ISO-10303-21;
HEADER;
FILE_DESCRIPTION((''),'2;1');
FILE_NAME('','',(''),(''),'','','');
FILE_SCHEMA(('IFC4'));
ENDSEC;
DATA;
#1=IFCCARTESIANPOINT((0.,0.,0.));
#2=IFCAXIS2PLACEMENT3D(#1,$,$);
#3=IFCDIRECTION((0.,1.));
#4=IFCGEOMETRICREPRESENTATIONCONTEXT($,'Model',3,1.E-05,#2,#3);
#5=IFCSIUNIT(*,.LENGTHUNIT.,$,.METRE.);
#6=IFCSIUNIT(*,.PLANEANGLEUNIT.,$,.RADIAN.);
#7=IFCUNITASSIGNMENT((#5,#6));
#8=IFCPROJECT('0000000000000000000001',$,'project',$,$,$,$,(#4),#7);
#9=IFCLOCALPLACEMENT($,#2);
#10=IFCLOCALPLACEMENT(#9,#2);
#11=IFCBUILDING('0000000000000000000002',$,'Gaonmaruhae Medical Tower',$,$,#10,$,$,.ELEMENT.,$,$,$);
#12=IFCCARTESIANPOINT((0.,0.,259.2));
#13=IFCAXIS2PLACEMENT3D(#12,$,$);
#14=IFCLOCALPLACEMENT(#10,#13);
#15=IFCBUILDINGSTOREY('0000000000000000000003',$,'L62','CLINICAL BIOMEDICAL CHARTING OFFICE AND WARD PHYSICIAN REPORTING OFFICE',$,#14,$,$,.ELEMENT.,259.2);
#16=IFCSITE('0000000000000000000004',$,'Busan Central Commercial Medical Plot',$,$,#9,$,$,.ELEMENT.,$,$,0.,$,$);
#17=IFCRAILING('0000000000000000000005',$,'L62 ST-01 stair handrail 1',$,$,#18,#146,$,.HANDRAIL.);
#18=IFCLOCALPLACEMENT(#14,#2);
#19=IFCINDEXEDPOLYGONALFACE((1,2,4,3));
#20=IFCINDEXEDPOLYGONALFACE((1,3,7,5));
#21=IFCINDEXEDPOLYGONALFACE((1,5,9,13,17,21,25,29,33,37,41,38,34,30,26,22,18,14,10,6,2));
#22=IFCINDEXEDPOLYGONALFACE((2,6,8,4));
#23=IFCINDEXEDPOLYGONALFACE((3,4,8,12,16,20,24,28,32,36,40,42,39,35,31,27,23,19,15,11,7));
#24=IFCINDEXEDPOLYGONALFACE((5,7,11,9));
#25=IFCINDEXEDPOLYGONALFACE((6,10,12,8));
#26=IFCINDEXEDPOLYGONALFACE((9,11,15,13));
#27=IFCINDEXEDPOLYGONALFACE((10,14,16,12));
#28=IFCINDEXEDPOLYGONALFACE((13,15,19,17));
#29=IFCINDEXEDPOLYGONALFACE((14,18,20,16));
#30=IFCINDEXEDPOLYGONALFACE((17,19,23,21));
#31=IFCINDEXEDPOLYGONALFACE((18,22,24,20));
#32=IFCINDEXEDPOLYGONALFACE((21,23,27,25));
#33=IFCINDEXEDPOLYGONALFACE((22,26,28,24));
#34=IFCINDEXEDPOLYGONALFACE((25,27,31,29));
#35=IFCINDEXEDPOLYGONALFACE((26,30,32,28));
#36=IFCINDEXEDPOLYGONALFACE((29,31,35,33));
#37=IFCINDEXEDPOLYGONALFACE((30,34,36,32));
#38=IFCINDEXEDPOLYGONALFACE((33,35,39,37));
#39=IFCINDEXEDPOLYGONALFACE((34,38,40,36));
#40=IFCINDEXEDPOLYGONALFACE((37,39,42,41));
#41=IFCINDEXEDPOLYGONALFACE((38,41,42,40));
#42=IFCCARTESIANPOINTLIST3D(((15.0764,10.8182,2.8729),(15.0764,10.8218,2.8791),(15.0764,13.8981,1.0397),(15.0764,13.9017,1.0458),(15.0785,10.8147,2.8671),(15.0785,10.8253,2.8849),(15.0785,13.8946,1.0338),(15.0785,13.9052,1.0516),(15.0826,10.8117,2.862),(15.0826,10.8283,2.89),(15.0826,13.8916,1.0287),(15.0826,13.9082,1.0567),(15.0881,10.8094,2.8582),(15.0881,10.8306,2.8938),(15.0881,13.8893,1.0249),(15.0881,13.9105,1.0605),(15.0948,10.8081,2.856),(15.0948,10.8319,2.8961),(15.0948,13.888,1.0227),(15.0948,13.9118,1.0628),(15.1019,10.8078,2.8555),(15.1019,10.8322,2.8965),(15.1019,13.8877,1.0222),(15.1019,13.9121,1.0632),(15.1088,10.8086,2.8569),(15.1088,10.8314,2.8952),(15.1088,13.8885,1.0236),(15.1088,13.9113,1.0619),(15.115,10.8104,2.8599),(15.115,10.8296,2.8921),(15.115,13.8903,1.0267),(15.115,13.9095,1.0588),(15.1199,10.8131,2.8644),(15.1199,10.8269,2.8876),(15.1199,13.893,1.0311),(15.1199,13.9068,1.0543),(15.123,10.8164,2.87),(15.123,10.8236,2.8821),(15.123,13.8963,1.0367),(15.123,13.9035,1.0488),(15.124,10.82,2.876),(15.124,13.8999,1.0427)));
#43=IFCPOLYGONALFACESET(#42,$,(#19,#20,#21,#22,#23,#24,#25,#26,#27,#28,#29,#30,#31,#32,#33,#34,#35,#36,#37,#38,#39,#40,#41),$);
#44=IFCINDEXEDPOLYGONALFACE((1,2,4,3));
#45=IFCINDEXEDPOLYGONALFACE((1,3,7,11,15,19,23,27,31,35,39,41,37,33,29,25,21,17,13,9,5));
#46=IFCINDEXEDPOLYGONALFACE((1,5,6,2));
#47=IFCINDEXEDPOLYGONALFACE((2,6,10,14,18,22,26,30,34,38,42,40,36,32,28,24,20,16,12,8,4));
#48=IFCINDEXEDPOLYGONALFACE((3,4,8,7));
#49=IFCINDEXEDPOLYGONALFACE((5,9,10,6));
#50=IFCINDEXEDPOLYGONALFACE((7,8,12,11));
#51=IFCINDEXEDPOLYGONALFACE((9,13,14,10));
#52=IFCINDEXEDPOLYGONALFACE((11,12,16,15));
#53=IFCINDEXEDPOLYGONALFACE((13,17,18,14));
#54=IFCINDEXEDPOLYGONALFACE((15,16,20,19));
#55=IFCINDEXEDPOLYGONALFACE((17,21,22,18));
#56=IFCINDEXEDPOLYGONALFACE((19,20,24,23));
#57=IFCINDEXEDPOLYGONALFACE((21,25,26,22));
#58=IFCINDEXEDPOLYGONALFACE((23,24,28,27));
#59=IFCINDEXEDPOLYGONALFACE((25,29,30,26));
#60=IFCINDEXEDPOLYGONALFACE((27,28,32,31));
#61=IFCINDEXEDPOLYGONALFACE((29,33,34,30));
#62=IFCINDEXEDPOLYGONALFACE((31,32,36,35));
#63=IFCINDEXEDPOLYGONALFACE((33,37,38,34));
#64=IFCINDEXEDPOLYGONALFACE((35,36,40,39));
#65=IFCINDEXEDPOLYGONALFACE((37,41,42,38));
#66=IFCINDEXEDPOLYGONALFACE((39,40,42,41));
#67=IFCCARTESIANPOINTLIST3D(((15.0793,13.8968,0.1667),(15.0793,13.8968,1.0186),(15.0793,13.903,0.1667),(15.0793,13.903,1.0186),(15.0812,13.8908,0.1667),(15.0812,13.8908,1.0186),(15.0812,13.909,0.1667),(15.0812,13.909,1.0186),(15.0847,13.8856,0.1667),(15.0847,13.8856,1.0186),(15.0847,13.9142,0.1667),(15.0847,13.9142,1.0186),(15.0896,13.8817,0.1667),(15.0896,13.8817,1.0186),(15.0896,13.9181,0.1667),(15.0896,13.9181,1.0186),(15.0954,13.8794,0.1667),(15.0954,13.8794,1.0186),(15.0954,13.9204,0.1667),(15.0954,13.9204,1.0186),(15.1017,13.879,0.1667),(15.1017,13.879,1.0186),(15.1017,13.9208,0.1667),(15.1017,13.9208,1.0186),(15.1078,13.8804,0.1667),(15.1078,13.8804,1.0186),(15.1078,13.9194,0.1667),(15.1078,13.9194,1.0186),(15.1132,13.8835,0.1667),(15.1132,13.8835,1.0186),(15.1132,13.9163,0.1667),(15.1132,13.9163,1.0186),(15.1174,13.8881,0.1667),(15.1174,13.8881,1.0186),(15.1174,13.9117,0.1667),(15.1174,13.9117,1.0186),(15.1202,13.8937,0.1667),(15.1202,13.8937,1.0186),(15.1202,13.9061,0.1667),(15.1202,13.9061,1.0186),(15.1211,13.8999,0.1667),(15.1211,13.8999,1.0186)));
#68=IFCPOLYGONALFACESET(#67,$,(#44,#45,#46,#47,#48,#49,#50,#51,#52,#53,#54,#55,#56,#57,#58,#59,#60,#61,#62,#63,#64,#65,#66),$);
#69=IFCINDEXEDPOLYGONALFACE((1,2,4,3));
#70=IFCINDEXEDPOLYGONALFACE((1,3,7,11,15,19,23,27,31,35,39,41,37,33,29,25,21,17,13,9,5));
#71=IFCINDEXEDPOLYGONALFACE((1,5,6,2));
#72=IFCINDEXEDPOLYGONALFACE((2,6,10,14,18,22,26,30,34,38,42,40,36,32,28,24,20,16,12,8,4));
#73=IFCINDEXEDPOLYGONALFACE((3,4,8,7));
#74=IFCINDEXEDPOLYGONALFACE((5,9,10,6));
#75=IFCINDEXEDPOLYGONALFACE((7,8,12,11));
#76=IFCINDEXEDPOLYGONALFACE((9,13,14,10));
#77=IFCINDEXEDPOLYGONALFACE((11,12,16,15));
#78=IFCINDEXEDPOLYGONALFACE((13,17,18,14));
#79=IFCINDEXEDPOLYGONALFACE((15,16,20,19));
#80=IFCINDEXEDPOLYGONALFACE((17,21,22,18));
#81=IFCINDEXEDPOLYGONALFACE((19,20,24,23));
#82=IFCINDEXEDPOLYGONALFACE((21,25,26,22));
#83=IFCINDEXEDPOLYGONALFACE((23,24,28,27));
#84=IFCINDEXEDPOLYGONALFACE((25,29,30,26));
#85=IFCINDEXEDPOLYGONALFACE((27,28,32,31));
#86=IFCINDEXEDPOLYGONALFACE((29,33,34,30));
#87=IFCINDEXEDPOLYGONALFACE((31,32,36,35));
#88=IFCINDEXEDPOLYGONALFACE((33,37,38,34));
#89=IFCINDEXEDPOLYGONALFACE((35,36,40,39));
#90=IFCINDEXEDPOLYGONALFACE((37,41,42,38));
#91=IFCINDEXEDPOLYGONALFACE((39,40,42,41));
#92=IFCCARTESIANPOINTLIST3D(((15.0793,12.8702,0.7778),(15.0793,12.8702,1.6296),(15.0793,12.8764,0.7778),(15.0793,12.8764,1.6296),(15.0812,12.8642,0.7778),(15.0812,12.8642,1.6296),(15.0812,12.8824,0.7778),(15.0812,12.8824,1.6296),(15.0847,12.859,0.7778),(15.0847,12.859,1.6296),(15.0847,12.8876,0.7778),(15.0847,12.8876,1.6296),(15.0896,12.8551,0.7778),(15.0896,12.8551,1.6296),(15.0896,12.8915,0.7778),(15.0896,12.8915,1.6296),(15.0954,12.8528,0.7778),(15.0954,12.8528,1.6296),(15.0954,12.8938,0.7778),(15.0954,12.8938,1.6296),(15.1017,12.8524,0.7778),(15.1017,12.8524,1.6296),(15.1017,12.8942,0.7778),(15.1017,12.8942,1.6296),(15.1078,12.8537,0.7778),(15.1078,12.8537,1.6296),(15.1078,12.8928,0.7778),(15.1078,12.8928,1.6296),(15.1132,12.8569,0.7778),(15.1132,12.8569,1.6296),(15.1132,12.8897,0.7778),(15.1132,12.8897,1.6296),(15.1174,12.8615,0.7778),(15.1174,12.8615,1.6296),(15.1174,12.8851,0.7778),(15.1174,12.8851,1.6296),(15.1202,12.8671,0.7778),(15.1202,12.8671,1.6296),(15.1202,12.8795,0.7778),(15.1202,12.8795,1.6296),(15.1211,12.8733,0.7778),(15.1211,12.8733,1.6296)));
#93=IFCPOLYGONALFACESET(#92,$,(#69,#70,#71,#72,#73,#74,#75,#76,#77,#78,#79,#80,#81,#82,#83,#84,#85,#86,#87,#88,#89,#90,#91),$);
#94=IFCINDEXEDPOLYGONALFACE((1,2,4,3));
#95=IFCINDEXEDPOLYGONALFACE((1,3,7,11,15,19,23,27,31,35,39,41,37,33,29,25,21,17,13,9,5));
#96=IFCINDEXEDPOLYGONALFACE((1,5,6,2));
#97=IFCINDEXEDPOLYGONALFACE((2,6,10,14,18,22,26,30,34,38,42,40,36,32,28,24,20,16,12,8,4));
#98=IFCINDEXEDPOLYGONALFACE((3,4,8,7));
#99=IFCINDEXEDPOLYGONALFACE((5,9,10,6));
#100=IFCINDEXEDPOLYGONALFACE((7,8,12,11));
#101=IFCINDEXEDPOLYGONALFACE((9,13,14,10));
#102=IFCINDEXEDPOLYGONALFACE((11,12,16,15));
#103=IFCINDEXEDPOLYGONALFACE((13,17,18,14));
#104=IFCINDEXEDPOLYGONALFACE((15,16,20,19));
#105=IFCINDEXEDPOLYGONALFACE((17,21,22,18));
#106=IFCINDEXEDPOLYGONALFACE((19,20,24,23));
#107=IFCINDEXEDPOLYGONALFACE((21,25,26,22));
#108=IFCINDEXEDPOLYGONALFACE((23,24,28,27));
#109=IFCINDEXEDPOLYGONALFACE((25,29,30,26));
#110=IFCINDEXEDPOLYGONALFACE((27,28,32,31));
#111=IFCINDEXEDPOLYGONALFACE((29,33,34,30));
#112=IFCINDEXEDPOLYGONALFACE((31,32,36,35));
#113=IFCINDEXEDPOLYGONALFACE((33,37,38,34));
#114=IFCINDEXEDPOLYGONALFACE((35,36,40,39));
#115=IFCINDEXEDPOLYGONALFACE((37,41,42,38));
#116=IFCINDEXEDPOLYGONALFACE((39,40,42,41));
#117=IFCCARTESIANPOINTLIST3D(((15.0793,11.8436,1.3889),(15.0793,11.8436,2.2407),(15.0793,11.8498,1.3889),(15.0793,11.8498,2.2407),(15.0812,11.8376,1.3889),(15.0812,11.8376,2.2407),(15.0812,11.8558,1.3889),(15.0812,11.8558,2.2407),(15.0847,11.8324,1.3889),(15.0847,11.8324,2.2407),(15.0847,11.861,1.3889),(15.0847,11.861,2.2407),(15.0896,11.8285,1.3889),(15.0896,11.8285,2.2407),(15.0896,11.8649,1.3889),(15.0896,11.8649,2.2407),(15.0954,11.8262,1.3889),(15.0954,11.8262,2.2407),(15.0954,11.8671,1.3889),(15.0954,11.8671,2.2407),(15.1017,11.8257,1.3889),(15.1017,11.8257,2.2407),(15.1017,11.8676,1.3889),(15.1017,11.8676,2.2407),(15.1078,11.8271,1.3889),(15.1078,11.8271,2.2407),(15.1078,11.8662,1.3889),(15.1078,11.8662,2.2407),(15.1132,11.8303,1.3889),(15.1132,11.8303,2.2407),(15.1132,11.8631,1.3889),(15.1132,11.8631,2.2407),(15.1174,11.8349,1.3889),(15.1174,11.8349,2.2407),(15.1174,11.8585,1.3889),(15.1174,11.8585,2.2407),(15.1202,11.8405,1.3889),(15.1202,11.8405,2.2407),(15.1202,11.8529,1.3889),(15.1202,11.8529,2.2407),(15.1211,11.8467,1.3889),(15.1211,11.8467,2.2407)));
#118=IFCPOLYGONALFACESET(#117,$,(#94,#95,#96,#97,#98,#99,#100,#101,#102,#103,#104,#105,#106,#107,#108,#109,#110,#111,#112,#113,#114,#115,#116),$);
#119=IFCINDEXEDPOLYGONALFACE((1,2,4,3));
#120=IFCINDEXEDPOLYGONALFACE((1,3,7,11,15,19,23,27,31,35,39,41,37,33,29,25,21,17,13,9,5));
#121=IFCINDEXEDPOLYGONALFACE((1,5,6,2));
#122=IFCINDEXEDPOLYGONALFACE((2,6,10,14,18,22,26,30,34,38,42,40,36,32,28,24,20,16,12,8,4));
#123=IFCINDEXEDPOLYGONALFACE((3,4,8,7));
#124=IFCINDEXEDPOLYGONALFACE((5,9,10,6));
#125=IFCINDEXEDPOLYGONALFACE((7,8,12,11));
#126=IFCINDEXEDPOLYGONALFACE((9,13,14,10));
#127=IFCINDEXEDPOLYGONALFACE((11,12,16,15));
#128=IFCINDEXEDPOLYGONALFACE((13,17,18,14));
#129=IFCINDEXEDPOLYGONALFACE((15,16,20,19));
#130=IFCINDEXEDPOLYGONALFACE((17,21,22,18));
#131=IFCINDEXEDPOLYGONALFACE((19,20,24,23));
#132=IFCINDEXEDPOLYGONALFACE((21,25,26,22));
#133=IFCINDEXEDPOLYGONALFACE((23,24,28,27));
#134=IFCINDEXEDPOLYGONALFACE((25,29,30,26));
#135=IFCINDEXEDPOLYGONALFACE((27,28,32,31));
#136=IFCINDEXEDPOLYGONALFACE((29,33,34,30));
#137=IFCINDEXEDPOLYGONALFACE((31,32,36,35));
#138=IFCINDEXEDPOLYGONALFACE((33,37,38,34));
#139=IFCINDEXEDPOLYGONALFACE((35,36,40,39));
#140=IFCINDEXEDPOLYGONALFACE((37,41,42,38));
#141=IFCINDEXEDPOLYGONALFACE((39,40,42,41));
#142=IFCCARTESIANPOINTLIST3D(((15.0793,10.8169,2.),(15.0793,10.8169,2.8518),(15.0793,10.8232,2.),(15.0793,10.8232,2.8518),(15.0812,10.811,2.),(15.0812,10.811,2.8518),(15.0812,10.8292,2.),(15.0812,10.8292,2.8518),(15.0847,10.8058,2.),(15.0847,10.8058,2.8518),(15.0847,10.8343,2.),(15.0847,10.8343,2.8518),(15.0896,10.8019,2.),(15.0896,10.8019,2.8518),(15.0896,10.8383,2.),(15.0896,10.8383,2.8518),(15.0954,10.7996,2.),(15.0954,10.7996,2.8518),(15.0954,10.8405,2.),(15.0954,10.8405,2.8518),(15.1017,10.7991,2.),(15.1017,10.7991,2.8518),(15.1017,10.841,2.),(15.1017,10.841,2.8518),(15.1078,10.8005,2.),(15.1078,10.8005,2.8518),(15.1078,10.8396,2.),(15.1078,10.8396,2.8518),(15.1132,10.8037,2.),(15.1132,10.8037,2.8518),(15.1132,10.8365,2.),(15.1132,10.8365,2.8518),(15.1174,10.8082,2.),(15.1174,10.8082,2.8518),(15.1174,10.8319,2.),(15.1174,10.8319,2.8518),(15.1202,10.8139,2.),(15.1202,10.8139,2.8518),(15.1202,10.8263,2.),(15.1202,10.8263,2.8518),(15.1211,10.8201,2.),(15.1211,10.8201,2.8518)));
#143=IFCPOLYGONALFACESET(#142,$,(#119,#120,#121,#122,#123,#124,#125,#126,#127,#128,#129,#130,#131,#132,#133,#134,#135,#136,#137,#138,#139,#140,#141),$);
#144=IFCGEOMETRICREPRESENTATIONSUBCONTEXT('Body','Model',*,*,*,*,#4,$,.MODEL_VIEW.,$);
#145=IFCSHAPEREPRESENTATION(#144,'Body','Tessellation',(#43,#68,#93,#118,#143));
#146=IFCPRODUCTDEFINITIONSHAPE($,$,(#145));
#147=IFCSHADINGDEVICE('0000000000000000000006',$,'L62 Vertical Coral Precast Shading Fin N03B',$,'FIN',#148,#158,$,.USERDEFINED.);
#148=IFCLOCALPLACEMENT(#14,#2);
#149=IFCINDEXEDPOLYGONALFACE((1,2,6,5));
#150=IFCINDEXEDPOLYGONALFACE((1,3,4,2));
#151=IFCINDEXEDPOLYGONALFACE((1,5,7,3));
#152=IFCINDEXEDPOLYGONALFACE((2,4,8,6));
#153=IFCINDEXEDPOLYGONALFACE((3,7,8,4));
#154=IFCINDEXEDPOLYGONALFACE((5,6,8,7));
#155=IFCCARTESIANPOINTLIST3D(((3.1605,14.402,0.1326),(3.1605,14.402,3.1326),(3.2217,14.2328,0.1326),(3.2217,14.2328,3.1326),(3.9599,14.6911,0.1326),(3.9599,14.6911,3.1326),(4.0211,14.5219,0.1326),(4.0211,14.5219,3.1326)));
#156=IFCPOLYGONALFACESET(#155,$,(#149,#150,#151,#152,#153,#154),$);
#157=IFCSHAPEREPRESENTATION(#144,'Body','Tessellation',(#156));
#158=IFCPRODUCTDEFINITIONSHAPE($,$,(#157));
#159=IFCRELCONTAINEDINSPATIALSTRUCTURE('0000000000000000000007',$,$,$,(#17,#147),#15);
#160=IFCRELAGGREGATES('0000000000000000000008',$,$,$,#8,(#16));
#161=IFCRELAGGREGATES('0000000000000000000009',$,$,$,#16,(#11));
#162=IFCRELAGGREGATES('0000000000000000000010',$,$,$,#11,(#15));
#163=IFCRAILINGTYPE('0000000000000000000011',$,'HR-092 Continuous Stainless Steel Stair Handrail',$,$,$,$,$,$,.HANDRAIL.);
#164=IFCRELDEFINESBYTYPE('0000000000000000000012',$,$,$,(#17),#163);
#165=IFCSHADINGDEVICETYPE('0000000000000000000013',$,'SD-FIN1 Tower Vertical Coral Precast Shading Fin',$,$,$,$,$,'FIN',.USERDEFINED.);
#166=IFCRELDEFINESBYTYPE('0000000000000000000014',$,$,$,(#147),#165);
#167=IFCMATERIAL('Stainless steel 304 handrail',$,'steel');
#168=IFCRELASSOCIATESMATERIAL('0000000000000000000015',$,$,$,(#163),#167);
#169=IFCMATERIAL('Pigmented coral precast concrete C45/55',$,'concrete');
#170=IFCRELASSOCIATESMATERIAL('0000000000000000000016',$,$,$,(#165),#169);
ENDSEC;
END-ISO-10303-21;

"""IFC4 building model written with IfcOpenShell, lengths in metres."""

from ifc_helpers import new_model, si_unit, direction, frame, origin, origin_2d, place, context, subcontext, project, spatial, rectangle, circle, extrude, material, type_object, element, save


model = new_model("IFC4")

# Units and contexts
model_context = context("Model", 3, precision=1e-05, world=origin(), true_north=direction((0.0, 1.0)))
body_context = subcontext(model_context, "Body", "Model", "MODEL_VIEW")
ifc_project = project(units=[si_unit("LENGTHUNIT", "METRE"), si_unit("PLANEANGLEUNIT", "RADIAN")], contexts=[model_context])

# Site, building, storey
site_placement = place(None, origin())
site = spatial("IfcSite", under=ifc_project, at=site_placement, Name="Busan Central Commercial Medical Plot", CompositionType="ELEMENT", RefElevation=0.0)
building_placement = place(site_placement, origin())
building = spatial("IfcBuilding", under=site, at=building_placement, Name="Gaonmaruhae Medical Tower", CompositionType="ELEMENT")
storey_placement = place(building_placement, frame((0.0, 0.0, 259.2)))
storey = spatial("IfcBuildingStorey", under=building, at=storey_placement, Name="L62", Description="CLINICAL BIOMEDICAL CHARTING OFFICE AND WARD PHYSICIAN REPORTING OFFICE", CompositionType="ELEMENT", Elevation=259.2)

# Railing
ifc_material_1 = material(Name="Stainless steel 304 handrail", Category="steel")
railing_type_1 = type_object("IfcRailingType", Name="HR-092 Continuous Stainless Steel Stair Handrail", PredefinedType="HANDRAIL", material=ifc_material_1)
railing_1_placement = place(storey_placement, frame((15.1001, 13.8999, 0.1667)))
element("IfcRailing", 1, at=railing_1_placement, inside=storey, type_object=railing_type_1, Name="L62 ST-01 stair handrail 1", PredefinedType="HANDRAIL", context=body_context, shape_type="SweptSolid", body=[
    extrude(circle(Radius=0.0239, at=origin_2d()), frame((0.0, 0.0, 0.876), z_axis=(0.0, -0.859291, 0.511487), x_axis=(1.0, 0.0, 0.0)), (0.0, 0.0, 1.0), 3.5842),
    extrude(circle(Radius=0.021, at=origin_2d()), origin(), (0.0, 0.0, 1.0), 0.8518),
    extrude(circle(Radius=0.021, at=origin_2d()), frame((0.0, -1.0266, 0.6111)), (0.0, 0.0, 1.0), 0.8518),
    extrude(circle(Radius=0.021, at=origin_2d()), frame((0.0, -2.0532, 1.2222)), (0.0, 0.0, 1.0), 0.8518),
    extrude(circle(Radius=0.021, at=origin_2d()), frame((0.0, -3.0798, 1.8333)), (0.0, 0.0, 1.0), 0.8518),
])

# Shading device
ifc_material_2 = material(Name="Pigmented coral precast concrete C45/55", Category="concrete")
shading_device_type = type_object("IfcShadingDeviceType", Name="SD-FIN1 Tower Vertical Coral Precast Shading Fin", ElementType="FIN", PredefinedType="USERDEFINED", material=ifc_material_2)
shading_device_placement = place(storey_placement, frame((3.5908, 14.4619, 0.1326), z_axis=(0.0, 0.0, 1.0), x_axis=(-0.340084, 0.940395, 0.0)))
element("IfcShadingDevice", 2, at=shading_device_placement, inside=storey, type_object=shading_device_type, Name="L62 Vertical Coral Precast Shading Fin N03B", ObjectType="FIN", PredefinedType="USERDEFINED", context=body_context, shape_type="SweptSolid", body=[
    extrude(rectangle(XDim=0.1799, YDim=0.8501, at=origin_2d()), origin(), (0.0, 0.0, 1.0), 3.0),
])

save(model, "model.ifc")
